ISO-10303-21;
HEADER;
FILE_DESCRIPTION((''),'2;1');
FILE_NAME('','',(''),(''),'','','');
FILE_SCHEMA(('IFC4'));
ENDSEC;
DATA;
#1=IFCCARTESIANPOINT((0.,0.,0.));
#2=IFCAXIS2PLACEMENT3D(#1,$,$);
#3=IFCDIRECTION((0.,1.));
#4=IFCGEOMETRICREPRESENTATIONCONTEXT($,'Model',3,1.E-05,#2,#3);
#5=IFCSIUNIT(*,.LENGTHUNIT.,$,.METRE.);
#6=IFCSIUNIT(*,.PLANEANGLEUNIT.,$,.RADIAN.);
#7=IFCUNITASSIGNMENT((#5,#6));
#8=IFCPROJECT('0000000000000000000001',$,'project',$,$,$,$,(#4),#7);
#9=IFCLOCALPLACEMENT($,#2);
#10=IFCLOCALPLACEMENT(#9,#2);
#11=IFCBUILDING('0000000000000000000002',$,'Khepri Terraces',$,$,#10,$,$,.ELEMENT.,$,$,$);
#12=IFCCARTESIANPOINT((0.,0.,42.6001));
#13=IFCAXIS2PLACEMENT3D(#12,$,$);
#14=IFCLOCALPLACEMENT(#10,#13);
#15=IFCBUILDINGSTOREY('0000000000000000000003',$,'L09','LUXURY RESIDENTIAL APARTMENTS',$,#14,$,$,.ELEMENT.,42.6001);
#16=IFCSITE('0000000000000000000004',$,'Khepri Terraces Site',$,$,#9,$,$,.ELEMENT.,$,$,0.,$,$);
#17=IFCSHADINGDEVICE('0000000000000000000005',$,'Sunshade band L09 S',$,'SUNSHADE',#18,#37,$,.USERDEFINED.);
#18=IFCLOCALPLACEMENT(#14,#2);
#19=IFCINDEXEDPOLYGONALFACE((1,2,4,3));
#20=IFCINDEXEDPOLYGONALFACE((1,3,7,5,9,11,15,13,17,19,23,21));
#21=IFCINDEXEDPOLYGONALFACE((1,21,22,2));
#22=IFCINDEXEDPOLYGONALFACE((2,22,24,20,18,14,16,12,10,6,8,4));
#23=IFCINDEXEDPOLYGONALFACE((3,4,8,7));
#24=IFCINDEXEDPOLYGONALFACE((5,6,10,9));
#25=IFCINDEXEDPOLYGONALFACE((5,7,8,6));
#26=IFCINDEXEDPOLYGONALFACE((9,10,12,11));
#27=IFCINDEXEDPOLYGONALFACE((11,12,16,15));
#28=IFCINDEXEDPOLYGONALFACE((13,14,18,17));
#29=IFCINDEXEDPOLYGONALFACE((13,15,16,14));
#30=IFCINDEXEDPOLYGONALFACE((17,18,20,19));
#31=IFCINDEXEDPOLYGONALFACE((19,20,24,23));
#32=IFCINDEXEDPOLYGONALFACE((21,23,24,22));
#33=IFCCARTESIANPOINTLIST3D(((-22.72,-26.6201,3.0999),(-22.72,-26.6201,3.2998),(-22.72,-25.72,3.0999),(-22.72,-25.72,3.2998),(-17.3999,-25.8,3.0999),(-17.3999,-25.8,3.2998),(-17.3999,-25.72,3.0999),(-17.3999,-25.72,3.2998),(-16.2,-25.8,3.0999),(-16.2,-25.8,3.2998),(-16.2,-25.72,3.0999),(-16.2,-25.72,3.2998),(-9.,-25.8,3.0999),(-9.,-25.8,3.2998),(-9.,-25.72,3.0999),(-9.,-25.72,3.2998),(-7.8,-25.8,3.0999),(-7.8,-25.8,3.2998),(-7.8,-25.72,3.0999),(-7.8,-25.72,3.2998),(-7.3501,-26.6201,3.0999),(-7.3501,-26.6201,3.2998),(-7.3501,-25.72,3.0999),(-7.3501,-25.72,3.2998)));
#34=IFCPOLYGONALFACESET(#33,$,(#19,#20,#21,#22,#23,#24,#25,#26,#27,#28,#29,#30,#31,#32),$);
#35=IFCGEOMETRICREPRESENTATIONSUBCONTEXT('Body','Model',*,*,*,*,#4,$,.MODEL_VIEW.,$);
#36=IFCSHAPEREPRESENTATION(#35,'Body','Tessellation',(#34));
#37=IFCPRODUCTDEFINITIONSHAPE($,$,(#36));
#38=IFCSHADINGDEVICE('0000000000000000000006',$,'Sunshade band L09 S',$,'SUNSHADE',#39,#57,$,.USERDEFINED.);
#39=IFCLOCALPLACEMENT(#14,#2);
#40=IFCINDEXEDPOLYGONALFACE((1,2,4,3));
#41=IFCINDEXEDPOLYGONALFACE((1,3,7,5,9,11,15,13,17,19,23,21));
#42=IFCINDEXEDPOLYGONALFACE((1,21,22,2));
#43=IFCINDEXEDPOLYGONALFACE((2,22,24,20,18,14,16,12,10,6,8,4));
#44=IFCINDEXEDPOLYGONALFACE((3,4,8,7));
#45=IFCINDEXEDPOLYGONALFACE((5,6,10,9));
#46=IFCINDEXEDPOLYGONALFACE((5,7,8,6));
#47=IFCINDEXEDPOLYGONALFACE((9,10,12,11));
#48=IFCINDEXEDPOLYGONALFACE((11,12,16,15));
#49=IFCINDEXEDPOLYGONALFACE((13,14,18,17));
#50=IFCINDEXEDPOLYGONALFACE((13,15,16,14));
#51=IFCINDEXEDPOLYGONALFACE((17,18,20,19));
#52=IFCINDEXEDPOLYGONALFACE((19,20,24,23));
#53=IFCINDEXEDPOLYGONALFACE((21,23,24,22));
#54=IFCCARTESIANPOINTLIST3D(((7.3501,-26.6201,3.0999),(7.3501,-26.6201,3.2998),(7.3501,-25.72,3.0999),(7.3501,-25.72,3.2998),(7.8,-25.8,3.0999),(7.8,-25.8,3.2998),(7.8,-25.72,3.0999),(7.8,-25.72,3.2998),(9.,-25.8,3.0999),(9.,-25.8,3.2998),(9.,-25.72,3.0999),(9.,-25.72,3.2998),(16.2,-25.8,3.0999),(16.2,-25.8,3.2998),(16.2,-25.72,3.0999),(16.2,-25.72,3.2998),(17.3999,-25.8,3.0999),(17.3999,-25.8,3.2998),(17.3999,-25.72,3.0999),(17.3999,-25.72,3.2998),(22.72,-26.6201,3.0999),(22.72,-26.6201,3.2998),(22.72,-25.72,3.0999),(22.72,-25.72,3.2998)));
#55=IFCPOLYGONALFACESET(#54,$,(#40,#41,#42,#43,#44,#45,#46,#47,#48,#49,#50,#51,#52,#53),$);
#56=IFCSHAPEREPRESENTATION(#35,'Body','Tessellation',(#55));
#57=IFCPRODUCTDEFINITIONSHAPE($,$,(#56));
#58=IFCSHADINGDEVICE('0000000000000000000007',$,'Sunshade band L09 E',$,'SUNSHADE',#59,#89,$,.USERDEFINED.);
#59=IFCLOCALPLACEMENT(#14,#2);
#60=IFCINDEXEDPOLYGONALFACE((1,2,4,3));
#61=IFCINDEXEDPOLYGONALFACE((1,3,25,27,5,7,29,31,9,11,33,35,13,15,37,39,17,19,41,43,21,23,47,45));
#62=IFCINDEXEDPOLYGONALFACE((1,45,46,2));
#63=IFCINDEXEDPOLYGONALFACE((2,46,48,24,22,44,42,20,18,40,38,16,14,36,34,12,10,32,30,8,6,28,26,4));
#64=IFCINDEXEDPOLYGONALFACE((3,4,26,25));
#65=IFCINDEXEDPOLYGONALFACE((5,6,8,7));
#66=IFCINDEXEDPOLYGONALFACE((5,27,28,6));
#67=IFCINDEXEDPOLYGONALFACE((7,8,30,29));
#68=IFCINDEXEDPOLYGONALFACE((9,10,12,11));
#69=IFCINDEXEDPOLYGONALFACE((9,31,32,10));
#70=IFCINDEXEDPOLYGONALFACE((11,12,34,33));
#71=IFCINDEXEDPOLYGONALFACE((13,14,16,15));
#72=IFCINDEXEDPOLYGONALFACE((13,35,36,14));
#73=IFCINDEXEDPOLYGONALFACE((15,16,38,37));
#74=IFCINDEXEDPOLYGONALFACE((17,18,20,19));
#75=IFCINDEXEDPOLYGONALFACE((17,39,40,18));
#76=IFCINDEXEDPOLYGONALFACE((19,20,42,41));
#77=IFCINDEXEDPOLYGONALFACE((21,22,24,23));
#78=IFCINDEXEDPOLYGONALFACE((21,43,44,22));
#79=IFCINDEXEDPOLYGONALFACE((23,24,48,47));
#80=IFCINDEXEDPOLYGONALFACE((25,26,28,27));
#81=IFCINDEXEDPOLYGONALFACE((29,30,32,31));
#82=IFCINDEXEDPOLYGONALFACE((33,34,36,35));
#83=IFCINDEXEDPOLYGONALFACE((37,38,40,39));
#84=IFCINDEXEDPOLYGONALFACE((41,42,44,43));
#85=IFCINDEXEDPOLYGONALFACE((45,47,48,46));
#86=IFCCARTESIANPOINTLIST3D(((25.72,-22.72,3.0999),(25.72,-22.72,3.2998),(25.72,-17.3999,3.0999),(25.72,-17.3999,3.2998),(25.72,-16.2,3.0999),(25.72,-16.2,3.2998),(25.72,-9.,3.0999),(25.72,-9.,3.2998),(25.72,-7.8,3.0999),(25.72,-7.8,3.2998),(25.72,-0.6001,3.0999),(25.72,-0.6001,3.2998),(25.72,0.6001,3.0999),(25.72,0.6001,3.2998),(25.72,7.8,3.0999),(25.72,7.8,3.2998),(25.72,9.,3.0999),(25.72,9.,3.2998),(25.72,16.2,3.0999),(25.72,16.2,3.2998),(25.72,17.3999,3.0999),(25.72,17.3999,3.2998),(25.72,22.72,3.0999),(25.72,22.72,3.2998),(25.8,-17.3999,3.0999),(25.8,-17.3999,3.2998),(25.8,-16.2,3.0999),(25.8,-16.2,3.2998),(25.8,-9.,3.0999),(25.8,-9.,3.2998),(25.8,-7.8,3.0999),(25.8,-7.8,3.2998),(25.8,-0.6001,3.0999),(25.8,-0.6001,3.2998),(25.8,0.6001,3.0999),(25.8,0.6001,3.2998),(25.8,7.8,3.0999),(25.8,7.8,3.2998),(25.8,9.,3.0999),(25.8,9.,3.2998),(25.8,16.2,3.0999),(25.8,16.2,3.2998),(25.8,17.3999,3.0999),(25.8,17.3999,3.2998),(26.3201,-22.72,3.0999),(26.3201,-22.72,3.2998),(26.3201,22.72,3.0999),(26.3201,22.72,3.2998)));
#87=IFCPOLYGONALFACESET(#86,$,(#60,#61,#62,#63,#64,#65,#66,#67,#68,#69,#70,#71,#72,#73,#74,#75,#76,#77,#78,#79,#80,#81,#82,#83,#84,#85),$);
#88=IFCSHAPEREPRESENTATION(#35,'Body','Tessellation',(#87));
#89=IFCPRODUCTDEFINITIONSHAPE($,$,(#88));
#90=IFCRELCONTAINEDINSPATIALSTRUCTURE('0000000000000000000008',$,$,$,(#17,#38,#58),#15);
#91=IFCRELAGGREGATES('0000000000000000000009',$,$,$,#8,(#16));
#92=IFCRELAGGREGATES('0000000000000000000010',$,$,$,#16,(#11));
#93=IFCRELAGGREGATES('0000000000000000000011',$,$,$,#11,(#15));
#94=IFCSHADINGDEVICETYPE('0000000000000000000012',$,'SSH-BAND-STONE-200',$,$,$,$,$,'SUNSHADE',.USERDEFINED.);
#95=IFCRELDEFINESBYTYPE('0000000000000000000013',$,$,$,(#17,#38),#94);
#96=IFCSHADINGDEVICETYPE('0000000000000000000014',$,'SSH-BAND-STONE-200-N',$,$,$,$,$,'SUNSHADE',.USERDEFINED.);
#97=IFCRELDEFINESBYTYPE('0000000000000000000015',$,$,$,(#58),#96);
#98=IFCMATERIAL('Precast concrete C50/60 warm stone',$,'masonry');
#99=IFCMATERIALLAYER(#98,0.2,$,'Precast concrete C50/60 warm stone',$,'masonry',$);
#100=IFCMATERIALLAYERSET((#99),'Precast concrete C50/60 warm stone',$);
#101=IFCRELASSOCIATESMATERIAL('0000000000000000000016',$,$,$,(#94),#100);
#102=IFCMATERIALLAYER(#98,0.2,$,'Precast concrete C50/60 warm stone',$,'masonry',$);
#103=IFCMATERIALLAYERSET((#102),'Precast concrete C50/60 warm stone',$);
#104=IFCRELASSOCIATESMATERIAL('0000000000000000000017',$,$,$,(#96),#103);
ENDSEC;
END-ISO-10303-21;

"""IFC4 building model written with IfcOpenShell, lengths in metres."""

from ifc_helpers import new_model, si_unit, direction, frame, origin, place, context, subcontext, project, spatial, polyline, outline, extrude, material, layer, layer_set, type_object, element, save


model = new_model("IFC4")

# Units and contexts
model_context = context("Model", 3, precision=1e-05, world=origin(), true_north=direction((0.0, 1.0)))
body_context = subcontext(model_context, "Body", "Model", "MODEL_VIEW")
ifc_project = project(units=[si_unit("LENGTHUNIT", "METRE"), si_unit("PLANEANGLEUNIT", "RADIAN")], contexts=[model_context])

# Site, building, storey
site_placement = place(None, origin())
site = spatial("IfcSite", under=ifc_project, at=site_placement, Name="Khepri Terraces Site", CompositionType="ELEMENT", RefElevation=0.0)
building_placement = place(site_placement, origin())
building = spatial("IfcBuilding", under=site, at=building_placement, Name="Khepri Terraces", CompositionType="ELEMENT")
storey_placement = place(building_placement, frame((0.0, 0.0, 42.6001)))
storey = spatial("IfcBuildingStorey", under=building, at=storey_placement, Name="L09", Description="LUXURY RESIDENTIAL APARTMENTS", CompositionType="ELEMENT", Elevation=42.6001)

# Shared definitions
ifc_material_1 = material(Name="Precast concrete C50/60 warm stone", Category="masonry")

# Shading devices
ifc_layer_1 = layer(ifc_material_1, 0.2, Name="Precast concrete C50/60 warm stone", Category="masonry")
ifc_layer_set_1 = layer_set([ifc_layer_1], Name="Precast concrete C50/60 warm stone")
shading_device_type_1 = type_object("IfcShadingDeviceType", Name="SSH-BAND-STONE-200", ElementType="SUNSHADE", PredefinedType="USERDEFINED", material=ifc_layer_set_1)
shading_device_1_placement = place(storey_placement, frame((0.0, 0.0, 3.0999)))
element("IfcShadingDevice", 1, at=shading_device_1_placement, inside=storey, type_object=shading_device_type_1, Name="Sunshade band L09 S", ObjectType="SUNSHADE", PredefinedType="USERDEFINED", context=body_context, shape_type="SweptSolid", body=[
    extrude(outline(polyline([(-17.3999, -25.72), (-22.72, -25.72), (-22.72, -26.6201), (-7.3501, -26.6201), (-7.3501, -25.72), (-7.8, -25.72), (-7.8, -25.8), (-9.0, -25.8), (-9.0, -25.72), (-16.2, -25.72), (-16.2, -25.8), (-17.3999, -25.8), (-17.3999, -25.72)])), origin(), (0.0, 0.0, 1.0), 0.2),
])
shading_device_2_placement = place(storey_placement, frame((0.0, 0.0, 3.0999)))
element("IfcShadingDevice", 2, at=shading_device_2_placement, inside=storey, type_object=shading_device_type_1, Name="Sunshade band L09 S", ObjectType="SUNSHADE", PredefinedType="USERDEFINED", context=body_context, shape_type="SweptSolid", body=[
    extrude(outline(polyline([(7.8, -25.72), (7.3501, -25.72), (7.3501, -26.6201), (22.72, -26.6201), (22.72, -25.72), (17.3999, -25.72), (17.3999, -25.8), (16.2, -25.8), (16.2, -25.72), (9.0, -25.72), (9.0, -25.8), (7.8, -25.8), (7.8, -25.72)])), origin(), (0.0, 0.0, 1.0), 0.2),
])
ifc_layer_2 = layer(ifc_material_1, 0.2, Name="Precast concrete C50/60 warm stone", Category="masonry")
ifc_layer_set_2 = layer_set([ifc_layer_2], Name="Precast concrete C50/60 warm stone")
shading_device_type_2 = type_object("IfcShadingDeviceType", Name="SSH-BAND-STONE-200-N", ElementType="SUNSHADE", PredefinedType="USERDEFINED", material=ifc_layer_set_2)
shading_device_3_placement = place(storey_placement, frame((0.0, 0.0, 3.0999)))
element("IfcShadingDevice", 3, at=shading_device_3_placement, inside=storey, type_object=shading_device_type_2, Name="Sunshade band L09 E", ObjectType="SUNSHADE", PredefinedType="USERDEFINED", context=body_context, shape_type="SweptSolid", body=[
    extrude(outline(polyline([(25.72, -17.3999), (25.72, -22.72), (26.3201, -22.72), (26.3201, 22.72), (25.72, 22.72), (25.72, 17.3999), (25.8, 17.3999), (25.8, 16.2), (25.72, 16.2), (25.72, 9.0), (25.8, 9.0), (25.8, 7.8), (25.72, 7.8), (25.72, 0.6001), (25.8, 0.6001), (25.8, -0.6001), (25.72, -0.6001), (25.72, -7.8), (25.8, -7.8), (25.8, -9.0), (25.72, -9.0), (25.72, -16.2), (25.8, -16.2), (25.8, -17.3999), (25.72, -17.3999)])), origin(), (0.0, 0.0, 1.0), 0.2),
])

save(model, "model.ifc")
